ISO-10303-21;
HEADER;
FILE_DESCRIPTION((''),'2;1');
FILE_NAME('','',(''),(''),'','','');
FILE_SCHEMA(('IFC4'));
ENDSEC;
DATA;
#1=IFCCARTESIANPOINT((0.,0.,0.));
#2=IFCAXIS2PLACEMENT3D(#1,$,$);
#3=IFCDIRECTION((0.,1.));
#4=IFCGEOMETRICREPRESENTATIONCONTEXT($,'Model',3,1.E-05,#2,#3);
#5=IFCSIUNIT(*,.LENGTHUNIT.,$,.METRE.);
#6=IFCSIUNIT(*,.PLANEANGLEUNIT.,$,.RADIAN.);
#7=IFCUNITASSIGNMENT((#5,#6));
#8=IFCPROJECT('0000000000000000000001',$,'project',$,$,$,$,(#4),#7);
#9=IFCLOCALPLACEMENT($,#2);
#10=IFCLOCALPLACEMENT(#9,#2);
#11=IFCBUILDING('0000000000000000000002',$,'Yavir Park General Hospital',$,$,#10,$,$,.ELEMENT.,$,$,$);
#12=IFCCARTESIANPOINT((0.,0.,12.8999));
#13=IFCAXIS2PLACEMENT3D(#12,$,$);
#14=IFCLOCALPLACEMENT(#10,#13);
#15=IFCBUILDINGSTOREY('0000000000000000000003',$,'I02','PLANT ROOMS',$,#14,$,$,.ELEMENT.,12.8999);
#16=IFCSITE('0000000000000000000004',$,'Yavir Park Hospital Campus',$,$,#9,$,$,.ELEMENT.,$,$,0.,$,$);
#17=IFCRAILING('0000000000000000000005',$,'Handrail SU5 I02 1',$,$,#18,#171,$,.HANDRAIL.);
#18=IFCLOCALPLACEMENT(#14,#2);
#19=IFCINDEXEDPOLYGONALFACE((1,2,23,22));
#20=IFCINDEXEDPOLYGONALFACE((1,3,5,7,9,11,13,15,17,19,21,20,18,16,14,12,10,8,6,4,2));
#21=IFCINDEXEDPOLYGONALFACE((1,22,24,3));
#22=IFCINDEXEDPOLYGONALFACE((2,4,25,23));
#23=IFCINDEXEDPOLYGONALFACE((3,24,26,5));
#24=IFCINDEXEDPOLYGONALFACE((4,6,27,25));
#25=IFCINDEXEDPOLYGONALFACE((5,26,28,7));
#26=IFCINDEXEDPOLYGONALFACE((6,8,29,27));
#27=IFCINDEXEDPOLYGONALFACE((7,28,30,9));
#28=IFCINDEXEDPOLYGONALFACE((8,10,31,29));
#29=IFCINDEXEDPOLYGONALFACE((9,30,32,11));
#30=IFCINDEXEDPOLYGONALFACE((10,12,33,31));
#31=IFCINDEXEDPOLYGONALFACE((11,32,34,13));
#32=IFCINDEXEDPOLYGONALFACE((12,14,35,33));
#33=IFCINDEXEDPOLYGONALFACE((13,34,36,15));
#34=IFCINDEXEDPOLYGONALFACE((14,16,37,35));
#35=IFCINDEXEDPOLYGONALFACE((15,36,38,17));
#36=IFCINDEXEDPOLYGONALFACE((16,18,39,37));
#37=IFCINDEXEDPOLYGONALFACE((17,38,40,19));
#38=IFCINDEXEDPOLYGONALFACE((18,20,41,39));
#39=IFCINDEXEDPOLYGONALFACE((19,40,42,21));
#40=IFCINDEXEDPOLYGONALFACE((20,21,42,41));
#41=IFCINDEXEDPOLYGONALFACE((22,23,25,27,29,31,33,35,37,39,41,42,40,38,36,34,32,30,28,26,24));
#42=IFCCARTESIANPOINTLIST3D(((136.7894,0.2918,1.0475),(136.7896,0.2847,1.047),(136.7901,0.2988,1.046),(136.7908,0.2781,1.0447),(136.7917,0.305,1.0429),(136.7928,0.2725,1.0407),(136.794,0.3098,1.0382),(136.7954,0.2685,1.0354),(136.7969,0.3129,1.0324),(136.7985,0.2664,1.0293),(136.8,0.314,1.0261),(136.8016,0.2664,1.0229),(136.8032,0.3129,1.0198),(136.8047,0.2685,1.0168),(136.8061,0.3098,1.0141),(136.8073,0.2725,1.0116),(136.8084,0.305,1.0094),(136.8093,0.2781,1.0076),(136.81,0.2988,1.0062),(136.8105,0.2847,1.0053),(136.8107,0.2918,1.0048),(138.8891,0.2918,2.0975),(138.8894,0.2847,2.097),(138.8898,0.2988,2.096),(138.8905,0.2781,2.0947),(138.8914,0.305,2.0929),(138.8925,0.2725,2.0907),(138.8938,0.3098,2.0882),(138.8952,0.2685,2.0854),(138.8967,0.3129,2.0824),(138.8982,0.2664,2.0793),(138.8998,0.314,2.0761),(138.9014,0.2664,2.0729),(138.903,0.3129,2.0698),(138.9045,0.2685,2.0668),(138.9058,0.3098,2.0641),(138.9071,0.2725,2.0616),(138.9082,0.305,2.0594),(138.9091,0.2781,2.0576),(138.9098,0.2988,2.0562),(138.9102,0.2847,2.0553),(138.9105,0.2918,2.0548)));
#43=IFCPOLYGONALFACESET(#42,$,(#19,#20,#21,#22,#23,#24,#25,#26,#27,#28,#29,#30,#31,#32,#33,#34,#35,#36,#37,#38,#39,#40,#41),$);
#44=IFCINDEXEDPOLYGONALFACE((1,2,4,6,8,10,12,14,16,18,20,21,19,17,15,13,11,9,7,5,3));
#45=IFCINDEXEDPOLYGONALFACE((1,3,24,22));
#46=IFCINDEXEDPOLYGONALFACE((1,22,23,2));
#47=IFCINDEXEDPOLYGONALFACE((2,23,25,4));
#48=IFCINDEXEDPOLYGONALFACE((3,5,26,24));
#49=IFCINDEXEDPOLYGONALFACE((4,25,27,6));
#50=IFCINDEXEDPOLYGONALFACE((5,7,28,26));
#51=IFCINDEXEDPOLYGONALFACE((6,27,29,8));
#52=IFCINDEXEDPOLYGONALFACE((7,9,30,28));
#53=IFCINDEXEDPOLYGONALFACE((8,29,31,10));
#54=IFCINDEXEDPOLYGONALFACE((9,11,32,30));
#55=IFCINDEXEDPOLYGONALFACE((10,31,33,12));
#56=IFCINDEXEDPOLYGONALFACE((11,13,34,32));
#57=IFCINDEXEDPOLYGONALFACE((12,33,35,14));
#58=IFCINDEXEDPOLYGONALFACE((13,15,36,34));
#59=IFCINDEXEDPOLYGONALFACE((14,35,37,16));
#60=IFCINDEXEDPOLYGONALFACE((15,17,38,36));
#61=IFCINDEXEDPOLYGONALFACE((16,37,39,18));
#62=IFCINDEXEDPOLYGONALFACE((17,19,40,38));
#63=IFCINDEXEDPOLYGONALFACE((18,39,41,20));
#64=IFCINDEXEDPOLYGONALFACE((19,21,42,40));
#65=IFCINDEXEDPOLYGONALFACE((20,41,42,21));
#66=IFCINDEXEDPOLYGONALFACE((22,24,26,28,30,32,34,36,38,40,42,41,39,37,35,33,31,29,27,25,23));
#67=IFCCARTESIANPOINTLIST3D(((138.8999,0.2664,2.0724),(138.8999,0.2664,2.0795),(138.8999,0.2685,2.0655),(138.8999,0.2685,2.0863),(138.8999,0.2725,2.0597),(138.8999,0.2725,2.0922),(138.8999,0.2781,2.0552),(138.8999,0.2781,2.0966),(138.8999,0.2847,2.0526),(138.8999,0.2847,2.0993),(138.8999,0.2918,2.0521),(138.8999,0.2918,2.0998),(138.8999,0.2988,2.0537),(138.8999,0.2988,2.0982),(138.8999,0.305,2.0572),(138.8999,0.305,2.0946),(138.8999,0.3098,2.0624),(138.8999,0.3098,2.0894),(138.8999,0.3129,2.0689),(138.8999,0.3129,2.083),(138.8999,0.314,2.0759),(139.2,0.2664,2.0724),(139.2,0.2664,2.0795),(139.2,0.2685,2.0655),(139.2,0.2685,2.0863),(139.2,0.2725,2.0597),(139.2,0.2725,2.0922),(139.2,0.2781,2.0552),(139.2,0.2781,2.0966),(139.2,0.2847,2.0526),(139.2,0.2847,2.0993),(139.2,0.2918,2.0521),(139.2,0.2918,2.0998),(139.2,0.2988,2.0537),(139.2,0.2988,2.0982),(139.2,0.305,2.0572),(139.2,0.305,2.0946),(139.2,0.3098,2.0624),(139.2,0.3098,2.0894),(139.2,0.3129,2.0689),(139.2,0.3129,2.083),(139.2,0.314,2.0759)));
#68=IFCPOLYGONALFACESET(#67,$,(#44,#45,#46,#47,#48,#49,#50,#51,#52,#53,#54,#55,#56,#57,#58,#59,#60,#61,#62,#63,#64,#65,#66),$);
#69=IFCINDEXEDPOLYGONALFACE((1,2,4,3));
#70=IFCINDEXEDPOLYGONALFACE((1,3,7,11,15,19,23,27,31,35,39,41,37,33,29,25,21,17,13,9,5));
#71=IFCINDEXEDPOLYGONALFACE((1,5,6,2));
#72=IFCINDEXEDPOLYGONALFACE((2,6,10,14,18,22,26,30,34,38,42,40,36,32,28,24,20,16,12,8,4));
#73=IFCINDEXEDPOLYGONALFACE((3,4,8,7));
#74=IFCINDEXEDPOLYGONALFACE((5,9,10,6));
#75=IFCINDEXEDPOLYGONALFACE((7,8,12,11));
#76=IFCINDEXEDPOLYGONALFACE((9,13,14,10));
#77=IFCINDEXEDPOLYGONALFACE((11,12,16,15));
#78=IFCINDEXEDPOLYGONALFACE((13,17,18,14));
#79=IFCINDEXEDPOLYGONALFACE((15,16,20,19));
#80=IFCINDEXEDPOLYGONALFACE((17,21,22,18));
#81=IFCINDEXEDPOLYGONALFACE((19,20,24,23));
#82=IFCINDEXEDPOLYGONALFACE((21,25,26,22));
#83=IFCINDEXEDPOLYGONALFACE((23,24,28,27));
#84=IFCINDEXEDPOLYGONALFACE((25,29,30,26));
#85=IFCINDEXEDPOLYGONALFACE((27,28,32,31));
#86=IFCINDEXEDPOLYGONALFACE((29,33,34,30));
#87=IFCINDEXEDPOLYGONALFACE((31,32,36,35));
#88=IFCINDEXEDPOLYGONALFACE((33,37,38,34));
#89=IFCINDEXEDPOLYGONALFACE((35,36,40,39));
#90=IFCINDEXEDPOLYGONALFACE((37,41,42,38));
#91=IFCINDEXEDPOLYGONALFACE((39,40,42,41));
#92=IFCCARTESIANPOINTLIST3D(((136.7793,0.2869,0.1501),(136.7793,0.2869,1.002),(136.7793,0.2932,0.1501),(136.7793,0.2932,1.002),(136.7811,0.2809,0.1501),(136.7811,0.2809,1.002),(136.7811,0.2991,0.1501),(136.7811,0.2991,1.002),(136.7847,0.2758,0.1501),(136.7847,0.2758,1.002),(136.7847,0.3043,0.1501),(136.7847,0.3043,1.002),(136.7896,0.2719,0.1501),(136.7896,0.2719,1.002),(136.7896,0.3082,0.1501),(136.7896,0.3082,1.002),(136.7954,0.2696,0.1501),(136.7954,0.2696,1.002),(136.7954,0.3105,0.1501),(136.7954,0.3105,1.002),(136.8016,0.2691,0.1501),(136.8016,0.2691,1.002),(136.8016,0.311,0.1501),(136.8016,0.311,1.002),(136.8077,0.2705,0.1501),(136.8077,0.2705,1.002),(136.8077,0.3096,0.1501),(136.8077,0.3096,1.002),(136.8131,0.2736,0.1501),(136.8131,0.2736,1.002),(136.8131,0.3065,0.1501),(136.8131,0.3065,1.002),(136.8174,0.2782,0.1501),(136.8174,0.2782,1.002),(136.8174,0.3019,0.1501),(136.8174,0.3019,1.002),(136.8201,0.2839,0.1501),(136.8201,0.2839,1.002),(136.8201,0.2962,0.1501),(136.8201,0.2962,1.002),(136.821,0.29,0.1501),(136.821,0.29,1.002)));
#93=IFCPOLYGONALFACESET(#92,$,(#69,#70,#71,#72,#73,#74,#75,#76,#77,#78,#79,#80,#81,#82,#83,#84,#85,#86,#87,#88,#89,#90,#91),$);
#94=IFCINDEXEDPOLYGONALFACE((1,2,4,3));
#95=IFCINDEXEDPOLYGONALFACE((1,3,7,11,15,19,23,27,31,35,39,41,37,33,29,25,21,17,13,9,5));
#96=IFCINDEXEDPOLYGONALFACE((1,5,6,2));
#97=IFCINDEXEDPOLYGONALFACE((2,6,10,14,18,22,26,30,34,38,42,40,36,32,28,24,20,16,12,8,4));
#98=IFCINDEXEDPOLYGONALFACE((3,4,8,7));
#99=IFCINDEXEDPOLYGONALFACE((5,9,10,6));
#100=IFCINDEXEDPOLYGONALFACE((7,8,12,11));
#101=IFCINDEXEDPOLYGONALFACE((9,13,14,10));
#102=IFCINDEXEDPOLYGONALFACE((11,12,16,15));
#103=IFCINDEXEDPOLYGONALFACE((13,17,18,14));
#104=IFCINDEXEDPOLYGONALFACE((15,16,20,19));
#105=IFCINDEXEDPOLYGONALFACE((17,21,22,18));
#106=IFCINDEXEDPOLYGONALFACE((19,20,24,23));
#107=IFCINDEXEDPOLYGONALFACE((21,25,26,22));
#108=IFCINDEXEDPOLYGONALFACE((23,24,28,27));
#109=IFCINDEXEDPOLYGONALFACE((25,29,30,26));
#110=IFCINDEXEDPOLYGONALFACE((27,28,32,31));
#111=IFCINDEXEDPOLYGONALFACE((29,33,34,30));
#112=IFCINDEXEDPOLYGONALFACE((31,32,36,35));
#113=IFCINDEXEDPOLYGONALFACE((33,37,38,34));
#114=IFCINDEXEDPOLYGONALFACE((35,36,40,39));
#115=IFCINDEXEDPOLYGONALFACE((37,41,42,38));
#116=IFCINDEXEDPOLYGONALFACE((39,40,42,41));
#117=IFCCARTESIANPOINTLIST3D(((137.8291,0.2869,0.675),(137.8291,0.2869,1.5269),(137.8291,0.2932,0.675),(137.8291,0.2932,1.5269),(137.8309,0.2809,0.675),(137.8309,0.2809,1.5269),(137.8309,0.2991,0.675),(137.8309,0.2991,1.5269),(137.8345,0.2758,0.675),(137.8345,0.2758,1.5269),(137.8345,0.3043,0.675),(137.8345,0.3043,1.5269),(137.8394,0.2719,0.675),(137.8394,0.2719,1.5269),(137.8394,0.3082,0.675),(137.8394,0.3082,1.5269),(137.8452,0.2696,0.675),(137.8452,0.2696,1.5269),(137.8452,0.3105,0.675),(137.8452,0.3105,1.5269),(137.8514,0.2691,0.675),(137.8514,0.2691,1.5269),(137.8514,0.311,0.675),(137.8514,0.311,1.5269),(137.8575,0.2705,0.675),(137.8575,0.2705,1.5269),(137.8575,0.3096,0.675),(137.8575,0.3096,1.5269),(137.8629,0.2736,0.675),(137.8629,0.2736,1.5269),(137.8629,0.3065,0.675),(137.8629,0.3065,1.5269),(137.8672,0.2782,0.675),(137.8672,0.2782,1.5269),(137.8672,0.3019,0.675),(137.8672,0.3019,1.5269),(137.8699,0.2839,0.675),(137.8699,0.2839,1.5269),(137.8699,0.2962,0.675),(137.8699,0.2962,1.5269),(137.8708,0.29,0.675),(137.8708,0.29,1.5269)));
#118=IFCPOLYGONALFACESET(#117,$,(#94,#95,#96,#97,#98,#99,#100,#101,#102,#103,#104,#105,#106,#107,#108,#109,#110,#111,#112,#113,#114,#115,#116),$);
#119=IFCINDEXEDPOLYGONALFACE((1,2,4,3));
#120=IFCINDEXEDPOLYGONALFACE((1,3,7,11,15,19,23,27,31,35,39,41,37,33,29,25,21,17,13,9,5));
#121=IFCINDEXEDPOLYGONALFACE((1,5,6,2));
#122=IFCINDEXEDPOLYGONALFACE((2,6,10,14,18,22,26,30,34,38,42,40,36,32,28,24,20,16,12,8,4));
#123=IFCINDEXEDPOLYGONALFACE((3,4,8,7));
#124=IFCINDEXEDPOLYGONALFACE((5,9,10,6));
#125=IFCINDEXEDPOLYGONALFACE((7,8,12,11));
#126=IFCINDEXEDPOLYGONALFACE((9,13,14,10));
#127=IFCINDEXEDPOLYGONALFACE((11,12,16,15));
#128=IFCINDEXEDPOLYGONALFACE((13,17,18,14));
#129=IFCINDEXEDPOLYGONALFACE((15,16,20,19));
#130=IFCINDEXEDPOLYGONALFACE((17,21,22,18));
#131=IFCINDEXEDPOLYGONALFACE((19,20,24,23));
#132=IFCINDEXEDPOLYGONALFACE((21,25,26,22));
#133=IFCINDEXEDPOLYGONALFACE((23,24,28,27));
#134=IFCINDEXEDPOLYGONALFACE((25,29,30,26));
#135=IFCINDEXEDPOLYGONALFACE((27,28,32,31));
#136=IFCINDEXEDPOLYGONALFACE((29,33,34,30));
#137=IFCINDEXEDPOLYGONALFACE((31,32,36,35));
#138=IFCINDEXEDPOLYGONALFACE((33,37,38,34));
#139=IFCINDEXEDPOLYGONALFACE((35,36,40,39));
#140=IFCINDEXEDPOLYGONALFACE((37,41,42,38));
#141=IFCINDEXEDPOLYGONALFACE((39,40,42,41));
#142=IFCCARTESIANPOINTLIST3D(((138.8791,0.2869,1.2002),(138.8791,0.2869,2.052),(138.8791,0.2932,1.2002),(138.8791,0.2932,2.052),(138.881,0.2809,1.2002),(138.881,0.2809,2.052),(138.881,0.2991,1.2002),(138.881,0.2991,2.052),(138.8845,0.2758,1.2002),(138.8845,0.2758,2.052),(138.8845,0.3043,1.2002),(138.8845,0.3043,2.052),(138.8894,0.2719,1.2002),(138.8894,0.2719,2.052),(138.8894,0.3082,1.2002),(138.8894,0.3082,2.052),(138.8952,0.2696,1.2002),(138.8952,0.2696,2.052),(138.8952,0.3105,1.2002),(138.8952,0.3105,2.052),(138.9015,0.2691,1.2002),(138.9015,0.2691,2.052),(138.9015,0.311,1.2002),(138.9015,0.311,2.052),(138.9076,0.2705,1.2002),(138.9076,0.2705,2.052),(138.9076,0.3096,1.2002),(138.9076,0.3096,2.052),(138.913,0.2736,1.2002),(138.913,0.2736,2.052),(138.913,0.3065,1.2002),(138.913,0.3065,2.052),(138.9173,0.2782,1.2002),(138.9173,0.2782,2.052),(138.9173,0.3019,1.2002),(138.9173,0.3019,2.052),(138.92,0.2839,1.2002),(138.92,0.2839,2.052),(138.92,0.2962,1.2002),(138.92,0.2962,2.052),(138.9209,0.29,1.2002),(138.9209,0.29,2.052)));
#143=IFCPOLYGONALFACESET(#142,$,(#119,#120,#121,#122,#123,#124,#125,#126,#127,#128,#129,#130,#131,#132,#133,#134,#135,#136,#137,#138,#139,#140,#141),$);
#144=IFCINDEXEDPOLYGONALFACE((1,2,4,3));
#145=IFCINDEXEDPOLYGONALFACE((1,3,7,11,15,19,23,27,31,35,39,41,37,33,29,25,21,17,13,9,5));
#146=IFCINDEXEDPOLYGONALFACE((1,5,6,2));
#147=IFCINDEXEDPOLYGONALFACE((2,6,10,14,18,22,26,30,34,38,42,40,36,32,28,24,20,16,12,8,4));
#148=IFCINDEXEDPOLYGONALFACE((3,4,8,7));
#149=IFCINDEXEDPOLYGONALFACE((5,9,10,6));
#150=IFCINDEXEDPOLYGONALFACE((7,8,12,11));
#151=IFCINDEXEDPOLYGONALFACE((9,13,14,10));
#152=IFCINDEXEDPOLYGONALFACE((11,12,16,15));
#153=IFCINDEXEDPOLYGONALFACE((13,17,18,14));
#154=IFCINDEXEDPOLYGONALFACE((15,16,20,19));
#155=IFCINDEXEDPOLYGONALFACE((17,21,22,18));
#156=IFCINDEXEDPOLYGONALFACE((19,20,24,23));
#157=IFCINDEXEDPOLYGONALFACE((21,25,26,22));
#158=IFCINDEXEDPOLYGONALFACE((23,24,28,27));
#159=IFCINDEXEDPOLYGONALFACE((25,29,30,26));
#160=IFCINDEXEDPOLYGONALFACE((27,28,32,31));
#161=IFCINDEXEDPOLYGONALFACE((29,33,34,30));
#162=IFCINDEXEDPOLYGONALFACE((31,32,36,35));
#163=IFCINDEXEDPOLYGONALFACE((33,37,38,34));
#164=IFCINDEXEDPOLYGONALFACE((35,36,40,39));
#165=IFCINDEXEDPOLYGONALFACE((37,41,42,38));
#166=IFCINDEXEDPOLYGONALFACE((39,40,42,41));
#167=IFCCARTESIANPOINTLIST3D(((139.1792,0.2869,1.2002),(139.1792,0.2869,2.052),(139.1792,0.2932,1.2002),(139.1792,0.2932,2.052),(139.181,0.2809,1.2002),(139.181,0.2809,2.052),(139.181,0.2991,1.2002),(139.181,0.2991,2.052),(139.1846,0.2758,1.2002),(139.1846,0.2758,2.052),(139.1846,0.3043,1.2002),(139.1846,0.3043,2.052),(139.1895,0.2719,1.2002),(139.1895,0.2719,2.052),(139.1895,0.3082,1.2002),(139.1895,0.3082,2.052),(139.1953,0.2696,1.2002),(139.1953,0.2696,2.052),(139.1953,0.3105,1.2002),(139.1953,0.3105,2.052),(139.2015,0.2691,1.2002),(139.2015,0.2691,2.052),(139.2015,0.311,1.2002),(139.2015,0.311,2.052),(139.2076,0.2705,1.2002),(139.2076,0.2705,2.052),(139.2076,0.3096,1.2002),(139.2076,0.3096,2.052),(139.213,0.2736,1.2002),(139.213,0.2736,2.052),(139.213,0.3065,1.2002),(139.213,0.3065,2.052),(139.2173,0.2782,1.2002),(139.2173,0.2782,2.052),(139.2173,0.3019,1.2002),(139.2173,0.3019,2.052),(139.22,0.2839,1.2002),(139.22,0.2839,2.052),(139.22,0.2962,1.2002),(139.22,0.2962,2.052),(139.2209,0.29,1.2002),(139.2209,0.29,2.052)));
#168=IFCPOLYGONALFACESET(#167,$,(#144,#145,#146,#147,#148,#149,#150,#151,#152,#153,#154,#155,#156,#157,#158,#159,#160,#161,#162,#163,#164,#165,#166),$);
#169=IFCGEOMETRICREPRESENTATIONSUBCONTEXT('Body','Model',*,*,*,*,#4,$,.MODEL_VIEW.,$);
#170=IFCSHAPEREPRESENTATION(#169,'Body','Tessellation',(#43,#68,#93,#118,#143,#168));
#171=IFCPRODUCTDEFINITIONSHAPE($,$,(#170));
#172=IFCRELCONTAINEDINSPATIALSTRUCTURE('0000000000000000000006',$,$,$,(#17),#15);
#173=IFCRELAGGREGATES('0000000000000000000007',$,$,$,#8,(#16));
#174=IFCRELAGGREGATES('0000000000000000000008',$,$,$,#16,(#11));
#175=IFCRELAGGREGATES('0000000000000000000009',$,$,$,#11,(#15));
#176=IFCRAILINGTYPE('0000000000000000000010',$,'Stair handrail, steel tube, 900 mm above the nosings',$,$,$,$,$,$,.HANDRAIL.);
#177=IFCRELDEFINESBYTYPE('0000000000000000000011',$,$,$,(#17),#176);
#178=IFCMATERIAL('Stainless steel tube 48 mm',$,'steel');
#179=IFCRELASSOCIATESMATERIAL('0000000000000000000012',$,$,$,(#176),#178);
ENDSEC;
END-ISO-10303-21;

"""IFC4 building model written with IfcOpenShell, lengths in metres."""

from ifc_helpers import new_model, si_unit, direction, frame, origin, origin_2d, place, context, subcontext, project, spatial, circle, extrude, material, type_object, element, save


model = new_model("IFC4")

# Units and contexts
model_context = context("Model", 3, precision=1e-05, world=origin(), true_north=direction((0.0, 1.0)))
body_context = subcontext(model_context, "Body", "Model", "MODEL_VIEW")
ifc_project = project(units=[si_unit("LENGTHUNIT", "METRE"), si_unit("PLANEANGLEUNIT", "RADIAN")], contexts=[model_context])

# Site, building, storey
site_placement = place(None, origin())
site = spatial("IfcSite", under=ifc_project, at=site_placement, Name="Yavir Park Hospital Campus", CompositionType="ELEMENT", RefElevation=0.0)
building_placement = place(site_placement, origin())
building = spatial("IfcBuilding", under=site, at=building_placement, Name="Yavir Park General Hospital", CompositionType="ELEMENT")
storey_placement = place(building_placement, frame((0.0, 0.0, 12.8999)))
storey = spatial("IfcBuildingStorey", under=building, at=storey_placement, Name="I02", Description="PLANT ROOMS", CompositionType="ELEMENT", Elevation=12.8999)

# Railing
ifc_material_1 = material(Name="Stainless steel tube 48 mm", Category="steel")
railing_type_1 = type_object("IfcRailingType", Name="Stair handrail, steel tube, 900 mm above the nosings", PredefinedType="HANDRAIL", material=ifc_material_1)
for number, where, name in (
    (1, (136.8, 0.29, 0.1501), "Handrail SU5 I02 1"),
):
    element("IfcRailing", number, at=place(storey_placement, frame(where)), inside=storey, type_object=railing_type_1, Name=name, PredefinedType="HANDRAIL", context=body_context, shape_type="SweptSolid", body=[
        extrude(circle(Radius=0.0239, at=origin_2d()), frame((0.0, 0.0, 0.876), z_axis=(0.894406, 0.0, 0.447255), x_axis=(0.0, 1.0, 0.0)), (0.0, 0.0, 1.0), 2.3477),
        extrude(circle(Radius=0.0239, at=origin_2d()), frame((2.0999, 0.0, 1.9258), z_axis=(1.0, 0.0, 0.0), x_axis=(0.0, 1.0, 0.0)), (0.0, 0.0, 1.0), 0.3),
        extrude(circle(Radius=0.021, at=origin_2d()), origin(), (0.0, 0.0, 1.0), 0.8518),
        extrude(circle(Radius=0.021, at=origin_2d()), frame((1.0498, 0.0, 0.5249)), (0.0, 0.0, 1.0), 0.8518),
        extrude(circle(Radius=0.021, at=origin_2d()), frame((2.0999, 0.0, 1.05)), (0.0, 0.0, 1.0), 0.8518),
        extrude(circle(Radius=0.021, at=origin_2d()), frame((2.3999, 0.0, 1.05)), (0.0, 0.0, 1.0), 0.8518),
    ])

save(model, "model.ifc")
